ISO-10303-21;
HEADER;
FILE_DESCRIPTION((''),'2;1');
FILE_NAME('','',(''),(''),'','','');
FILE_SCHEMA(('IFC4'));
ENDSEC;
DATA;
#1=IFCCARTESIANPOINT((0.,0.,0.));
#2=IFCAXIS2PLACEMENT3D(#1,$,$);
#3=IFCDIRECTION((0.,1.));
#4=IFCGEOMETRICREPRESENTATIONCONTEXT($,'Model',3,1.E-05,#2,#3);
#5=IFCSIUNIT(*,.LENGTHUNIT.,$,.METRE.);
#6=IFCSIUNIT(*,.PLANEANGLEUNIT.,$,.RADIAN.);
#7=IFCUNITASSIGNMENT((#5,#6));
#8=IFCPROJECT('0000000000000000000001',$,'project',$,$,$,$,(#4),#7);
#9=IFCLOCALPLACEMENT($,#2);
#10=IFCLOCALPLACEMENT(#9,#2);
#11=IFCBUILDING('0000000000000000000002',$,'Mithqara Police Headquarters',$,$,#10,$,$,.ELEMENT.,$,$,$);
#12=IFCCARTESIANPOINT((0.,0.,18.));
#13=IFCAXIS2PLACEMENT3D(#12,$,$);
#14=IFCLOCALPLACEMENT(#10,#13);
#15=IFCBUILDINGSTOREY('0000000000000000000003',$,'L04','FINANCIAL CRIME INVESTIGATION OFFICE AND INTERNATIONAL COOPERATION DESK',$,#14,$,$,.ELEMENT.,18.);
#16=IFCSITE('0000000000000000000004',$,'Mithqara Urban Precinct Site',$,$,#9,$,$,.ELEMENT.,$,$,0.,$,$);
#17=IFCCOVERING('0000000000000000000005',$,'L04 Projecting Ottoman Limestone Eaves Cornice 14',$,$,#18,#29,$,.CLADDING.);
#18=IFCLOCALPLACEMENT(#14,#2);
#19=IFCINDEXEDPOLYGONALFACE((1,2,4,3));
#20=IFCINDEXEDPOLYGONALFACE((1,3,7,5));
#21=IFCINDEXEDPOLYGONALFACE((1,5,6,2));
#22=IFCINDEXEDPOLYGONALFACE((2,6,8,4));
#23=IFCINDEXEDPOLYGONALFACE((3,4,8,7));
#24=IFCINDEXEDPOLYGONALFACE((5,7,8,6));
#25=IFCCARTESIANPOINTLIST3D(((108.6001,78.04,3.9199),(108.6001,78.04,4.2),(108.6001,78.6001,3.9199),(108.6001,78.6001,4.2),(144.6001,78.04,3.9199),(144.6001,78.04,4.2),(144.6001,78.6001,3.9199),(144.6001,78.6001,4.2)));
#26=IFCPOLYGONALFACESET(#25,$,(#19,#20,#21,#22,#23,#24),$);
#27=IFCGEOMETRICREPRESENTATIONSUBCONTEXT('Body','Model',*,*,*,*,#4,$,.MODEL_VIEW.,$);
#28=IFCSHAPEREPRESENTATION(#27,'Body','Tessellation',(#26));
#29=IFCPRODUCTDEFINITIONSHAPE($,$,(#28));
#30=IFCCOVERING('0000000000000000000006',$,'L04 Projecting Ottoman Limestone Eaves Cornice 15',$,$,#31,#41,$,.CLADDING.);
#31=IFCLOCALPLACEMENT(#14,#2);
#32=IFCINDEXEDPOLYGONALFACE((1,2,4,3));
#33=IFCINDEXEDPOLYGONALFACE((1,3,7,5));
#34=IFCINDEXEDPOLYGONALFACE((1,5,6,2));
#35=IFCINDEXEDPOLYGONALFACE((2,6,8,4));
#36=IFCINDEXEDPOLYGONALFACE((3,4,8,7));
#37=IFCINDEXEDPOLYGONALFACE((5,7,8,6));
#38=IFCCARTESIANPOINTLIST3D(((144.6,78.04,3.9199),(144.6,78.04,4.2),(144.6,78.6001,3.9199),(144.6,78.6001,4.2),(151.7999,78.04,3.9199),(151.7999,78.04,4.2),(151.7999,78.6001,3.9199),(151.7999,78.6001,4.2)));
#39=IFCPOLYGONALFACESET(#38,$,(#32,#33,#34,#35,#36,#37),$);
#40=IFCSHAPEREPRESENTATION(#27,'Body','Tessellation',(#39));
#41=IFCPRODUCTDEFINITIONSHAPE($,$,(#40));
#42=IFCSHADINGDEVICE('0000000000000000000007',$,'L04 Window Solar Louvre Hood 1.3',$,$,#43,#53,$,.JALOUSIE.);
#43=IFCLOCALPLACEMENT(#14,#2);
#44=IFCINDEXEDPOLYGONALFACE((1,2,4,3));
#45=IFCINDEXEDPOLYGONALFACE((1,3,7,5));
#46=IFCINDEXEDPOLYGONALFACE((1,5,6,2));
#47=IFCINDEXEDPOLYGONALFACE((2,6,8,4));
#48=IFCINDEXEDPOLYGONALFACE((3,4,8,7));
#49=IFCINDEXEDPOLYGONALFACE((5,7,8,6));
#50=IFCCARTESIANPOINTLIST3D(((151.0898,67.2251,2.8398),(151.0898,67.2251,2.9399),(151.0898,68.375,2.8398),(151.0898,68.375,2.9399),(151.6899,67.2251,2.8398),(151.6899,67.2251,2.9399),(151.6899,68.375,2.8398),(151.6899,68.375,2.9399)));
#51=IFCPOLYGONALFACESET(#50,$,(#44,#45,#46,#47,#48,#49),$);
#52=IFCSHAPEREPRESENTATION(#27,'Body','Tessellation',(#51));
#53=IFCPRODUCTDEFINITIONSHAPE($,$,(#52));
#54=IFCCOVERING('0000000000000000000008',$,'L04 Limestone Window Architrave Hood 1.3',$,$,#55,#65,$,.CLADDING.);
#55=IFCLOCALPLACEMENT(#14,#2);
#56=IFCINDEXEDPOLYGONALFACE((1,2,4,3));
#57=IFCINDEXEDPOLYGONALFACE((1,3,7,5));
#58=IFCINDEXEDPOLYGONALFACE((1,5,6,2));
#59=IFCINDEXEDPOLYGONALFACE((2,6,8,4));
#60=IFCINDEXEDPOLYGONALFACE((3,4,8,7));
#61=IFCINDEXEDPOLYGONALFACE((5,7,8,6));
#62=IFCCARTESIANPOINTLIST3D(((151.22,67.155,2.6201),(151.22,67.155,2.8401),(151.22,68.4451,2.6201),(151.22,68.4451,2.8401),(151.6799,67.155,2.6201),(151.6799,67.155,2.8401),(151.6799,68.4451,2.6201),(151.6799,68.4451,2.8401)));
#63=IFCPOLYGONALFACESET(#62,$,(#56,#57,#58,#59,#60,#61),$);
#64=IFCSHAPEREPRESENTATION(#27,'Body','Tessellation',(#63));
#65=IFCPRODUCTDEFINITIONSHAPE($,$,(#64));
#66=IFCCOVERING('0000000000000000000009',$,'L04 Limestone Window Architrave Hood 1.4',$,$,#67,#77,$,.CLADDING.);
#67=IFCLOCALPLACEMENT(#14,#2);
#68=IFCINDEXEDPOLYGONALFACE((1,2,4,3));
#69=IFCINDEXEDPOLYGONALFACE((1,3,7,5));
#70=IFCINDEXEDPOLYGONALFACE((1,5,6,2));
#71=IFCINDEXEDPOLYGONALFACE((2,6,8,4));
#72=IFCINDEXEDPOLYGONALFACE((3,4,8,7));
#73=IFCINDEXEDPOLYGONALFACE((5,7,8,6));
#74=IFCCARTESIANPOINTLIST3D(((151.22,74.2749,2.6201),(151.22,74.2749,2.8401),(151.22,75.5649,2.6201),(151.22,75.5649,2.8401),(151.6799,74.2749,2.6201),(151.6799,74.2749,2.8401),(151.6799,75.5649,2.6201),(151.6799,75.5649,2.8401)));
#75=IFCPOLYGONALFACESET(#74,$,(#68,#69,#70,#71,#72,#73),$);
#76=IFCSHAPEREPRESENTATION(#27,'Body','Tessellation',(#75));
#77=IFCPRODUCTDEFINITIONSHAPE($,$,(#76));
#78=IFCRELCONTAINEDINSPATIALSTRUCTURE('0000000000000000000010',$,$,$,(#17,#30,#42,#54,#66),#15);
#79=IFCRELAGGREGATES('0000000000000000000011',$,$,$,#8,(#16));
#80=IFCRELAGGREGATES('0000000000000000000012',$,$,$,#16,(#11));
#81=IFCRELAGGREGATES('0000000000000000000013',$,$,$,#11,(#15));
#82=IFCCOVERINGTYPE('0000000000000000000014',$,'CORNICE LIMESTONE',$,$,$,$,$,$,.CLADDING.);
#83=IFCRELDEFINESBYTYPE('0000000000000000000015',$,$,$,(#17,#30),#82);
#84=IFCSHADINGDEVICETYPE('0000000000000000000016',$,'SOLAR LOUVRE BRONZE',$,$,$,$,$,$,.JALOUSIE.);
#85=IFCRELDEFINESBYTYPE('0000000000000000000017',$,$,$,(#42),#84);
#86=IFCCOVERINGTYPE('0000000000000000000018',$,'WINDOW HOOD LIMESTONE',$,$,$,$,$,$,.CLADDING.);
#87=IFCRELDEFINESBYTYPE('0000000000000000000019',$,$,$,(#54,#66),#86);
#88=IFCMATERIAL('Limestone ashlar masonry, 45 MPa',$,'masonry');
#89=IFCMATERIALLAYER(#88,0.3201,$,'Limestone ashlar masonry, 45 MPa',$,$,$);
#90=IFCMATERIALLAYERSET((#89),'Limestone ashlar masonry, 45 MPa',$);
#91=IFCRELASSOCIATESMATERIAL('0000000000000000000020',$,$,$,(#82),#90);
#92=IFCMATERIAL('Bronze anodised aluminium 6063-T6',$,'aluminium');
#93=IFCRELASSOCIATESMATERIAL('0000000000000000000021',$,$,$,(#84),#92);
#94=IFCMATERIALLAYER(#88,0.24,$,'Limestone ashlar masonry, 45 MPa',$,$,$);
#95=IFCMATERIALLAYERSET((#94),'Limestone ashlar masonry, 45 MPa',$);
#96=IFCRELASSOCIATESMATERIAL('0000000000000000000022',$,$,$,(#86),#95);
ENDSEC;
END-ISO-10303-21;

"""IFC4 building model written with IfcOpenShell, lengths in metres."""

from ifc_helpers import new_model, si_unit, direction, frame, origin, origin_2d, place, context, subcontext, project, spatial, rectangle, extrude, material, layer, layer_set, type_object, element, save


model = new_model("IFC4")

# Units and contexts
model_context = context("Model", 3, precision=1e-05, world=origin(), true_north=direction((0.0, 1.0)))
body_context = subcontext(model_context, "Body", "Model", "MODEL_VIEW")
ifc_project = project(units=[si_unit("LENGTHUNIT", "METRE"), si_unit("PLANEANGLEUNIT", "RADIAN")], contexts=[model_context])

# Site, building, storey
site_placement = place(None, origin())
site = spatial("IfcSite", under=ifc_project, at=site_placement, Name="Mithqara Urban Precinct Site", CompositionType="ELEMENT", RefElevation=0.0)
building_placement = place(site_placement, origin())
building = spatial("IfcBuilding", under=site, at=building_placement, Name="Mithqara Police Headquarters", CompositionType="ELEMENT")
storey_placement = place(building_placement, frame((0.0, 0.0, 18.0)))
storey = spatial("IfcBuildingStorey", under=building, at=storey_placement, Name="L04", Description="FINANCIAL CRIME INVESTIGATION OFFICE AND INTERNATIONAL COOPERATION DESK", CompositionType="ELEMENT", Elevation=18.0)

# Shared definitions
ifc_material_1 = material(Name="Limestone ashlar masonry, 45 MPa", Category="masonry")

# Coverings
ifc_layer_1 = layer(ifc_material_1, 0.3201, Name="Limestone ashlar masonry, 45 MPa")
ifc_layer_set_1 = layer_set([ifc_layer_1], Name="Limestone ashlar masonry, 45 MPa")
covering_type_1 = type_object("IfcCoveringType", Name="CORNICE LIMESTONE", PredefinedType="CLADDING", material=ifc_layer_set_1)
covering_1_placement = place(storey_placement, frame((126.6001, 78.3201, 3.9199), z_axis=(0.0, 0.0, 1.0), x_axis=(1.0, 0.0, 0.0)))
element("IfcCovering", 1, at=covering_1_placement, inside=storey, type_object=covering_type_1, Name="L04 Projecting Ottoman Limestone Eaves Cornice 14", PredefinedType="CLADDING", context=body_context, shape_type="SweptSolid", body=[
    extrude(rectangle(XDim=36.0, YDim=0.5601, at=origin_2d()), origin(), (0.0, 0.0, 1.0), 0.28),
])
covering_2_placement = place(storey_placement, frame((148.2, 78.3201, 3.9199), z_axis=(0.0, 0.0, 1.0), x_axis=(1.0, 0.0, 0.0)))
element("IfcCovering", 2, at=covering_2_placement, inside=storey, type_object=covering_type_1, Name="L04 Projecting Ottoman Limestone Eaves Cornice 15", PredefinedType="CLADDING", context=body_context, shape_type="SweptSolid", body=[
    extrude(rectangle(XDim=7.2, YDim=0.5601, at=origin_2d()), origin(), (0.0, 0.0, 1.0), 0.28),
])

# Shading device
ifc_material_2 = material(Name="Bronze anodised aluminium 6063-T6", Category="aluminium")
shading_device_type = type_object("IfcShadingDeviceType", Name="SOLAR LOUVRE BRONZE", PredefinedType="JALOUSIE", material=ifc_material_2)
shading_device_placement = place(storey_placement, frame((151.3899, 67.8, 2.8398), z_axis=(0.0, 0.0, 1.0), x_axis=(0.0, 1.0, 0.0)))
element("IfcShadingDevice", 3, at=shading_device_placement, inside=storey, type_object=shading_device_type, Name="L04 Window Solar Louvre Hood 1.3", PredefinedType="JALOUSIE", context=body_context, shape_type="SweptSolid", body=[
    extrude(rectangle(XDim=1.1499, YDim=0.6001, at=origin_2d()), origin(), (0.0, 0.0, 1.0), 0.1001),
])

# Coverings
ifc_layer_2 = layer(ifc_material_1, 0.24, Name="Limestone ashlar masonry, 45 MPa")
ifc_layer_set_2 = layer_set([ifc_layer_2], Name="Limestone ashlar masonry, 45 MPa")
covering_type_2 = type_object("IfcCoveringType", Name="WINDOW HOOD LIMESTONE", PredefinedType="CLADDING", material=ifc_layer_set_2)
for number, where, z_axis, x_axis, name in (
    (4, (151.45, 67.8, 2.6201), (0.0, 0.0, 1.0), (0.0, 1.0, 0.0), "L04 Limestone Window Architrave Hood 1.3"),
    (5, (151.45, 74.9199, 2.6201), (0.0, 0.0, 1.0), (0.0, 1.0, 0.0), "L04 Limestone Window Architrave Hood 1.4"),
):
    element("IfcCovering", number, at=place(storey_placement, frame(where, z_axis=z_axis, x_axis=x_axis)), inside=storey, type_object=covering_type_2, Name=name, PredefinedType="CLADDING", context=body_context, shape_type="SweptSolid", body=[
        extrude(rectangle(XDim=1.29, YDim=0.46, at=origin_2d()), origin(), (0.0, 0.0, 1.0), 0.22),
    ])

save(model, "model.ifc")
